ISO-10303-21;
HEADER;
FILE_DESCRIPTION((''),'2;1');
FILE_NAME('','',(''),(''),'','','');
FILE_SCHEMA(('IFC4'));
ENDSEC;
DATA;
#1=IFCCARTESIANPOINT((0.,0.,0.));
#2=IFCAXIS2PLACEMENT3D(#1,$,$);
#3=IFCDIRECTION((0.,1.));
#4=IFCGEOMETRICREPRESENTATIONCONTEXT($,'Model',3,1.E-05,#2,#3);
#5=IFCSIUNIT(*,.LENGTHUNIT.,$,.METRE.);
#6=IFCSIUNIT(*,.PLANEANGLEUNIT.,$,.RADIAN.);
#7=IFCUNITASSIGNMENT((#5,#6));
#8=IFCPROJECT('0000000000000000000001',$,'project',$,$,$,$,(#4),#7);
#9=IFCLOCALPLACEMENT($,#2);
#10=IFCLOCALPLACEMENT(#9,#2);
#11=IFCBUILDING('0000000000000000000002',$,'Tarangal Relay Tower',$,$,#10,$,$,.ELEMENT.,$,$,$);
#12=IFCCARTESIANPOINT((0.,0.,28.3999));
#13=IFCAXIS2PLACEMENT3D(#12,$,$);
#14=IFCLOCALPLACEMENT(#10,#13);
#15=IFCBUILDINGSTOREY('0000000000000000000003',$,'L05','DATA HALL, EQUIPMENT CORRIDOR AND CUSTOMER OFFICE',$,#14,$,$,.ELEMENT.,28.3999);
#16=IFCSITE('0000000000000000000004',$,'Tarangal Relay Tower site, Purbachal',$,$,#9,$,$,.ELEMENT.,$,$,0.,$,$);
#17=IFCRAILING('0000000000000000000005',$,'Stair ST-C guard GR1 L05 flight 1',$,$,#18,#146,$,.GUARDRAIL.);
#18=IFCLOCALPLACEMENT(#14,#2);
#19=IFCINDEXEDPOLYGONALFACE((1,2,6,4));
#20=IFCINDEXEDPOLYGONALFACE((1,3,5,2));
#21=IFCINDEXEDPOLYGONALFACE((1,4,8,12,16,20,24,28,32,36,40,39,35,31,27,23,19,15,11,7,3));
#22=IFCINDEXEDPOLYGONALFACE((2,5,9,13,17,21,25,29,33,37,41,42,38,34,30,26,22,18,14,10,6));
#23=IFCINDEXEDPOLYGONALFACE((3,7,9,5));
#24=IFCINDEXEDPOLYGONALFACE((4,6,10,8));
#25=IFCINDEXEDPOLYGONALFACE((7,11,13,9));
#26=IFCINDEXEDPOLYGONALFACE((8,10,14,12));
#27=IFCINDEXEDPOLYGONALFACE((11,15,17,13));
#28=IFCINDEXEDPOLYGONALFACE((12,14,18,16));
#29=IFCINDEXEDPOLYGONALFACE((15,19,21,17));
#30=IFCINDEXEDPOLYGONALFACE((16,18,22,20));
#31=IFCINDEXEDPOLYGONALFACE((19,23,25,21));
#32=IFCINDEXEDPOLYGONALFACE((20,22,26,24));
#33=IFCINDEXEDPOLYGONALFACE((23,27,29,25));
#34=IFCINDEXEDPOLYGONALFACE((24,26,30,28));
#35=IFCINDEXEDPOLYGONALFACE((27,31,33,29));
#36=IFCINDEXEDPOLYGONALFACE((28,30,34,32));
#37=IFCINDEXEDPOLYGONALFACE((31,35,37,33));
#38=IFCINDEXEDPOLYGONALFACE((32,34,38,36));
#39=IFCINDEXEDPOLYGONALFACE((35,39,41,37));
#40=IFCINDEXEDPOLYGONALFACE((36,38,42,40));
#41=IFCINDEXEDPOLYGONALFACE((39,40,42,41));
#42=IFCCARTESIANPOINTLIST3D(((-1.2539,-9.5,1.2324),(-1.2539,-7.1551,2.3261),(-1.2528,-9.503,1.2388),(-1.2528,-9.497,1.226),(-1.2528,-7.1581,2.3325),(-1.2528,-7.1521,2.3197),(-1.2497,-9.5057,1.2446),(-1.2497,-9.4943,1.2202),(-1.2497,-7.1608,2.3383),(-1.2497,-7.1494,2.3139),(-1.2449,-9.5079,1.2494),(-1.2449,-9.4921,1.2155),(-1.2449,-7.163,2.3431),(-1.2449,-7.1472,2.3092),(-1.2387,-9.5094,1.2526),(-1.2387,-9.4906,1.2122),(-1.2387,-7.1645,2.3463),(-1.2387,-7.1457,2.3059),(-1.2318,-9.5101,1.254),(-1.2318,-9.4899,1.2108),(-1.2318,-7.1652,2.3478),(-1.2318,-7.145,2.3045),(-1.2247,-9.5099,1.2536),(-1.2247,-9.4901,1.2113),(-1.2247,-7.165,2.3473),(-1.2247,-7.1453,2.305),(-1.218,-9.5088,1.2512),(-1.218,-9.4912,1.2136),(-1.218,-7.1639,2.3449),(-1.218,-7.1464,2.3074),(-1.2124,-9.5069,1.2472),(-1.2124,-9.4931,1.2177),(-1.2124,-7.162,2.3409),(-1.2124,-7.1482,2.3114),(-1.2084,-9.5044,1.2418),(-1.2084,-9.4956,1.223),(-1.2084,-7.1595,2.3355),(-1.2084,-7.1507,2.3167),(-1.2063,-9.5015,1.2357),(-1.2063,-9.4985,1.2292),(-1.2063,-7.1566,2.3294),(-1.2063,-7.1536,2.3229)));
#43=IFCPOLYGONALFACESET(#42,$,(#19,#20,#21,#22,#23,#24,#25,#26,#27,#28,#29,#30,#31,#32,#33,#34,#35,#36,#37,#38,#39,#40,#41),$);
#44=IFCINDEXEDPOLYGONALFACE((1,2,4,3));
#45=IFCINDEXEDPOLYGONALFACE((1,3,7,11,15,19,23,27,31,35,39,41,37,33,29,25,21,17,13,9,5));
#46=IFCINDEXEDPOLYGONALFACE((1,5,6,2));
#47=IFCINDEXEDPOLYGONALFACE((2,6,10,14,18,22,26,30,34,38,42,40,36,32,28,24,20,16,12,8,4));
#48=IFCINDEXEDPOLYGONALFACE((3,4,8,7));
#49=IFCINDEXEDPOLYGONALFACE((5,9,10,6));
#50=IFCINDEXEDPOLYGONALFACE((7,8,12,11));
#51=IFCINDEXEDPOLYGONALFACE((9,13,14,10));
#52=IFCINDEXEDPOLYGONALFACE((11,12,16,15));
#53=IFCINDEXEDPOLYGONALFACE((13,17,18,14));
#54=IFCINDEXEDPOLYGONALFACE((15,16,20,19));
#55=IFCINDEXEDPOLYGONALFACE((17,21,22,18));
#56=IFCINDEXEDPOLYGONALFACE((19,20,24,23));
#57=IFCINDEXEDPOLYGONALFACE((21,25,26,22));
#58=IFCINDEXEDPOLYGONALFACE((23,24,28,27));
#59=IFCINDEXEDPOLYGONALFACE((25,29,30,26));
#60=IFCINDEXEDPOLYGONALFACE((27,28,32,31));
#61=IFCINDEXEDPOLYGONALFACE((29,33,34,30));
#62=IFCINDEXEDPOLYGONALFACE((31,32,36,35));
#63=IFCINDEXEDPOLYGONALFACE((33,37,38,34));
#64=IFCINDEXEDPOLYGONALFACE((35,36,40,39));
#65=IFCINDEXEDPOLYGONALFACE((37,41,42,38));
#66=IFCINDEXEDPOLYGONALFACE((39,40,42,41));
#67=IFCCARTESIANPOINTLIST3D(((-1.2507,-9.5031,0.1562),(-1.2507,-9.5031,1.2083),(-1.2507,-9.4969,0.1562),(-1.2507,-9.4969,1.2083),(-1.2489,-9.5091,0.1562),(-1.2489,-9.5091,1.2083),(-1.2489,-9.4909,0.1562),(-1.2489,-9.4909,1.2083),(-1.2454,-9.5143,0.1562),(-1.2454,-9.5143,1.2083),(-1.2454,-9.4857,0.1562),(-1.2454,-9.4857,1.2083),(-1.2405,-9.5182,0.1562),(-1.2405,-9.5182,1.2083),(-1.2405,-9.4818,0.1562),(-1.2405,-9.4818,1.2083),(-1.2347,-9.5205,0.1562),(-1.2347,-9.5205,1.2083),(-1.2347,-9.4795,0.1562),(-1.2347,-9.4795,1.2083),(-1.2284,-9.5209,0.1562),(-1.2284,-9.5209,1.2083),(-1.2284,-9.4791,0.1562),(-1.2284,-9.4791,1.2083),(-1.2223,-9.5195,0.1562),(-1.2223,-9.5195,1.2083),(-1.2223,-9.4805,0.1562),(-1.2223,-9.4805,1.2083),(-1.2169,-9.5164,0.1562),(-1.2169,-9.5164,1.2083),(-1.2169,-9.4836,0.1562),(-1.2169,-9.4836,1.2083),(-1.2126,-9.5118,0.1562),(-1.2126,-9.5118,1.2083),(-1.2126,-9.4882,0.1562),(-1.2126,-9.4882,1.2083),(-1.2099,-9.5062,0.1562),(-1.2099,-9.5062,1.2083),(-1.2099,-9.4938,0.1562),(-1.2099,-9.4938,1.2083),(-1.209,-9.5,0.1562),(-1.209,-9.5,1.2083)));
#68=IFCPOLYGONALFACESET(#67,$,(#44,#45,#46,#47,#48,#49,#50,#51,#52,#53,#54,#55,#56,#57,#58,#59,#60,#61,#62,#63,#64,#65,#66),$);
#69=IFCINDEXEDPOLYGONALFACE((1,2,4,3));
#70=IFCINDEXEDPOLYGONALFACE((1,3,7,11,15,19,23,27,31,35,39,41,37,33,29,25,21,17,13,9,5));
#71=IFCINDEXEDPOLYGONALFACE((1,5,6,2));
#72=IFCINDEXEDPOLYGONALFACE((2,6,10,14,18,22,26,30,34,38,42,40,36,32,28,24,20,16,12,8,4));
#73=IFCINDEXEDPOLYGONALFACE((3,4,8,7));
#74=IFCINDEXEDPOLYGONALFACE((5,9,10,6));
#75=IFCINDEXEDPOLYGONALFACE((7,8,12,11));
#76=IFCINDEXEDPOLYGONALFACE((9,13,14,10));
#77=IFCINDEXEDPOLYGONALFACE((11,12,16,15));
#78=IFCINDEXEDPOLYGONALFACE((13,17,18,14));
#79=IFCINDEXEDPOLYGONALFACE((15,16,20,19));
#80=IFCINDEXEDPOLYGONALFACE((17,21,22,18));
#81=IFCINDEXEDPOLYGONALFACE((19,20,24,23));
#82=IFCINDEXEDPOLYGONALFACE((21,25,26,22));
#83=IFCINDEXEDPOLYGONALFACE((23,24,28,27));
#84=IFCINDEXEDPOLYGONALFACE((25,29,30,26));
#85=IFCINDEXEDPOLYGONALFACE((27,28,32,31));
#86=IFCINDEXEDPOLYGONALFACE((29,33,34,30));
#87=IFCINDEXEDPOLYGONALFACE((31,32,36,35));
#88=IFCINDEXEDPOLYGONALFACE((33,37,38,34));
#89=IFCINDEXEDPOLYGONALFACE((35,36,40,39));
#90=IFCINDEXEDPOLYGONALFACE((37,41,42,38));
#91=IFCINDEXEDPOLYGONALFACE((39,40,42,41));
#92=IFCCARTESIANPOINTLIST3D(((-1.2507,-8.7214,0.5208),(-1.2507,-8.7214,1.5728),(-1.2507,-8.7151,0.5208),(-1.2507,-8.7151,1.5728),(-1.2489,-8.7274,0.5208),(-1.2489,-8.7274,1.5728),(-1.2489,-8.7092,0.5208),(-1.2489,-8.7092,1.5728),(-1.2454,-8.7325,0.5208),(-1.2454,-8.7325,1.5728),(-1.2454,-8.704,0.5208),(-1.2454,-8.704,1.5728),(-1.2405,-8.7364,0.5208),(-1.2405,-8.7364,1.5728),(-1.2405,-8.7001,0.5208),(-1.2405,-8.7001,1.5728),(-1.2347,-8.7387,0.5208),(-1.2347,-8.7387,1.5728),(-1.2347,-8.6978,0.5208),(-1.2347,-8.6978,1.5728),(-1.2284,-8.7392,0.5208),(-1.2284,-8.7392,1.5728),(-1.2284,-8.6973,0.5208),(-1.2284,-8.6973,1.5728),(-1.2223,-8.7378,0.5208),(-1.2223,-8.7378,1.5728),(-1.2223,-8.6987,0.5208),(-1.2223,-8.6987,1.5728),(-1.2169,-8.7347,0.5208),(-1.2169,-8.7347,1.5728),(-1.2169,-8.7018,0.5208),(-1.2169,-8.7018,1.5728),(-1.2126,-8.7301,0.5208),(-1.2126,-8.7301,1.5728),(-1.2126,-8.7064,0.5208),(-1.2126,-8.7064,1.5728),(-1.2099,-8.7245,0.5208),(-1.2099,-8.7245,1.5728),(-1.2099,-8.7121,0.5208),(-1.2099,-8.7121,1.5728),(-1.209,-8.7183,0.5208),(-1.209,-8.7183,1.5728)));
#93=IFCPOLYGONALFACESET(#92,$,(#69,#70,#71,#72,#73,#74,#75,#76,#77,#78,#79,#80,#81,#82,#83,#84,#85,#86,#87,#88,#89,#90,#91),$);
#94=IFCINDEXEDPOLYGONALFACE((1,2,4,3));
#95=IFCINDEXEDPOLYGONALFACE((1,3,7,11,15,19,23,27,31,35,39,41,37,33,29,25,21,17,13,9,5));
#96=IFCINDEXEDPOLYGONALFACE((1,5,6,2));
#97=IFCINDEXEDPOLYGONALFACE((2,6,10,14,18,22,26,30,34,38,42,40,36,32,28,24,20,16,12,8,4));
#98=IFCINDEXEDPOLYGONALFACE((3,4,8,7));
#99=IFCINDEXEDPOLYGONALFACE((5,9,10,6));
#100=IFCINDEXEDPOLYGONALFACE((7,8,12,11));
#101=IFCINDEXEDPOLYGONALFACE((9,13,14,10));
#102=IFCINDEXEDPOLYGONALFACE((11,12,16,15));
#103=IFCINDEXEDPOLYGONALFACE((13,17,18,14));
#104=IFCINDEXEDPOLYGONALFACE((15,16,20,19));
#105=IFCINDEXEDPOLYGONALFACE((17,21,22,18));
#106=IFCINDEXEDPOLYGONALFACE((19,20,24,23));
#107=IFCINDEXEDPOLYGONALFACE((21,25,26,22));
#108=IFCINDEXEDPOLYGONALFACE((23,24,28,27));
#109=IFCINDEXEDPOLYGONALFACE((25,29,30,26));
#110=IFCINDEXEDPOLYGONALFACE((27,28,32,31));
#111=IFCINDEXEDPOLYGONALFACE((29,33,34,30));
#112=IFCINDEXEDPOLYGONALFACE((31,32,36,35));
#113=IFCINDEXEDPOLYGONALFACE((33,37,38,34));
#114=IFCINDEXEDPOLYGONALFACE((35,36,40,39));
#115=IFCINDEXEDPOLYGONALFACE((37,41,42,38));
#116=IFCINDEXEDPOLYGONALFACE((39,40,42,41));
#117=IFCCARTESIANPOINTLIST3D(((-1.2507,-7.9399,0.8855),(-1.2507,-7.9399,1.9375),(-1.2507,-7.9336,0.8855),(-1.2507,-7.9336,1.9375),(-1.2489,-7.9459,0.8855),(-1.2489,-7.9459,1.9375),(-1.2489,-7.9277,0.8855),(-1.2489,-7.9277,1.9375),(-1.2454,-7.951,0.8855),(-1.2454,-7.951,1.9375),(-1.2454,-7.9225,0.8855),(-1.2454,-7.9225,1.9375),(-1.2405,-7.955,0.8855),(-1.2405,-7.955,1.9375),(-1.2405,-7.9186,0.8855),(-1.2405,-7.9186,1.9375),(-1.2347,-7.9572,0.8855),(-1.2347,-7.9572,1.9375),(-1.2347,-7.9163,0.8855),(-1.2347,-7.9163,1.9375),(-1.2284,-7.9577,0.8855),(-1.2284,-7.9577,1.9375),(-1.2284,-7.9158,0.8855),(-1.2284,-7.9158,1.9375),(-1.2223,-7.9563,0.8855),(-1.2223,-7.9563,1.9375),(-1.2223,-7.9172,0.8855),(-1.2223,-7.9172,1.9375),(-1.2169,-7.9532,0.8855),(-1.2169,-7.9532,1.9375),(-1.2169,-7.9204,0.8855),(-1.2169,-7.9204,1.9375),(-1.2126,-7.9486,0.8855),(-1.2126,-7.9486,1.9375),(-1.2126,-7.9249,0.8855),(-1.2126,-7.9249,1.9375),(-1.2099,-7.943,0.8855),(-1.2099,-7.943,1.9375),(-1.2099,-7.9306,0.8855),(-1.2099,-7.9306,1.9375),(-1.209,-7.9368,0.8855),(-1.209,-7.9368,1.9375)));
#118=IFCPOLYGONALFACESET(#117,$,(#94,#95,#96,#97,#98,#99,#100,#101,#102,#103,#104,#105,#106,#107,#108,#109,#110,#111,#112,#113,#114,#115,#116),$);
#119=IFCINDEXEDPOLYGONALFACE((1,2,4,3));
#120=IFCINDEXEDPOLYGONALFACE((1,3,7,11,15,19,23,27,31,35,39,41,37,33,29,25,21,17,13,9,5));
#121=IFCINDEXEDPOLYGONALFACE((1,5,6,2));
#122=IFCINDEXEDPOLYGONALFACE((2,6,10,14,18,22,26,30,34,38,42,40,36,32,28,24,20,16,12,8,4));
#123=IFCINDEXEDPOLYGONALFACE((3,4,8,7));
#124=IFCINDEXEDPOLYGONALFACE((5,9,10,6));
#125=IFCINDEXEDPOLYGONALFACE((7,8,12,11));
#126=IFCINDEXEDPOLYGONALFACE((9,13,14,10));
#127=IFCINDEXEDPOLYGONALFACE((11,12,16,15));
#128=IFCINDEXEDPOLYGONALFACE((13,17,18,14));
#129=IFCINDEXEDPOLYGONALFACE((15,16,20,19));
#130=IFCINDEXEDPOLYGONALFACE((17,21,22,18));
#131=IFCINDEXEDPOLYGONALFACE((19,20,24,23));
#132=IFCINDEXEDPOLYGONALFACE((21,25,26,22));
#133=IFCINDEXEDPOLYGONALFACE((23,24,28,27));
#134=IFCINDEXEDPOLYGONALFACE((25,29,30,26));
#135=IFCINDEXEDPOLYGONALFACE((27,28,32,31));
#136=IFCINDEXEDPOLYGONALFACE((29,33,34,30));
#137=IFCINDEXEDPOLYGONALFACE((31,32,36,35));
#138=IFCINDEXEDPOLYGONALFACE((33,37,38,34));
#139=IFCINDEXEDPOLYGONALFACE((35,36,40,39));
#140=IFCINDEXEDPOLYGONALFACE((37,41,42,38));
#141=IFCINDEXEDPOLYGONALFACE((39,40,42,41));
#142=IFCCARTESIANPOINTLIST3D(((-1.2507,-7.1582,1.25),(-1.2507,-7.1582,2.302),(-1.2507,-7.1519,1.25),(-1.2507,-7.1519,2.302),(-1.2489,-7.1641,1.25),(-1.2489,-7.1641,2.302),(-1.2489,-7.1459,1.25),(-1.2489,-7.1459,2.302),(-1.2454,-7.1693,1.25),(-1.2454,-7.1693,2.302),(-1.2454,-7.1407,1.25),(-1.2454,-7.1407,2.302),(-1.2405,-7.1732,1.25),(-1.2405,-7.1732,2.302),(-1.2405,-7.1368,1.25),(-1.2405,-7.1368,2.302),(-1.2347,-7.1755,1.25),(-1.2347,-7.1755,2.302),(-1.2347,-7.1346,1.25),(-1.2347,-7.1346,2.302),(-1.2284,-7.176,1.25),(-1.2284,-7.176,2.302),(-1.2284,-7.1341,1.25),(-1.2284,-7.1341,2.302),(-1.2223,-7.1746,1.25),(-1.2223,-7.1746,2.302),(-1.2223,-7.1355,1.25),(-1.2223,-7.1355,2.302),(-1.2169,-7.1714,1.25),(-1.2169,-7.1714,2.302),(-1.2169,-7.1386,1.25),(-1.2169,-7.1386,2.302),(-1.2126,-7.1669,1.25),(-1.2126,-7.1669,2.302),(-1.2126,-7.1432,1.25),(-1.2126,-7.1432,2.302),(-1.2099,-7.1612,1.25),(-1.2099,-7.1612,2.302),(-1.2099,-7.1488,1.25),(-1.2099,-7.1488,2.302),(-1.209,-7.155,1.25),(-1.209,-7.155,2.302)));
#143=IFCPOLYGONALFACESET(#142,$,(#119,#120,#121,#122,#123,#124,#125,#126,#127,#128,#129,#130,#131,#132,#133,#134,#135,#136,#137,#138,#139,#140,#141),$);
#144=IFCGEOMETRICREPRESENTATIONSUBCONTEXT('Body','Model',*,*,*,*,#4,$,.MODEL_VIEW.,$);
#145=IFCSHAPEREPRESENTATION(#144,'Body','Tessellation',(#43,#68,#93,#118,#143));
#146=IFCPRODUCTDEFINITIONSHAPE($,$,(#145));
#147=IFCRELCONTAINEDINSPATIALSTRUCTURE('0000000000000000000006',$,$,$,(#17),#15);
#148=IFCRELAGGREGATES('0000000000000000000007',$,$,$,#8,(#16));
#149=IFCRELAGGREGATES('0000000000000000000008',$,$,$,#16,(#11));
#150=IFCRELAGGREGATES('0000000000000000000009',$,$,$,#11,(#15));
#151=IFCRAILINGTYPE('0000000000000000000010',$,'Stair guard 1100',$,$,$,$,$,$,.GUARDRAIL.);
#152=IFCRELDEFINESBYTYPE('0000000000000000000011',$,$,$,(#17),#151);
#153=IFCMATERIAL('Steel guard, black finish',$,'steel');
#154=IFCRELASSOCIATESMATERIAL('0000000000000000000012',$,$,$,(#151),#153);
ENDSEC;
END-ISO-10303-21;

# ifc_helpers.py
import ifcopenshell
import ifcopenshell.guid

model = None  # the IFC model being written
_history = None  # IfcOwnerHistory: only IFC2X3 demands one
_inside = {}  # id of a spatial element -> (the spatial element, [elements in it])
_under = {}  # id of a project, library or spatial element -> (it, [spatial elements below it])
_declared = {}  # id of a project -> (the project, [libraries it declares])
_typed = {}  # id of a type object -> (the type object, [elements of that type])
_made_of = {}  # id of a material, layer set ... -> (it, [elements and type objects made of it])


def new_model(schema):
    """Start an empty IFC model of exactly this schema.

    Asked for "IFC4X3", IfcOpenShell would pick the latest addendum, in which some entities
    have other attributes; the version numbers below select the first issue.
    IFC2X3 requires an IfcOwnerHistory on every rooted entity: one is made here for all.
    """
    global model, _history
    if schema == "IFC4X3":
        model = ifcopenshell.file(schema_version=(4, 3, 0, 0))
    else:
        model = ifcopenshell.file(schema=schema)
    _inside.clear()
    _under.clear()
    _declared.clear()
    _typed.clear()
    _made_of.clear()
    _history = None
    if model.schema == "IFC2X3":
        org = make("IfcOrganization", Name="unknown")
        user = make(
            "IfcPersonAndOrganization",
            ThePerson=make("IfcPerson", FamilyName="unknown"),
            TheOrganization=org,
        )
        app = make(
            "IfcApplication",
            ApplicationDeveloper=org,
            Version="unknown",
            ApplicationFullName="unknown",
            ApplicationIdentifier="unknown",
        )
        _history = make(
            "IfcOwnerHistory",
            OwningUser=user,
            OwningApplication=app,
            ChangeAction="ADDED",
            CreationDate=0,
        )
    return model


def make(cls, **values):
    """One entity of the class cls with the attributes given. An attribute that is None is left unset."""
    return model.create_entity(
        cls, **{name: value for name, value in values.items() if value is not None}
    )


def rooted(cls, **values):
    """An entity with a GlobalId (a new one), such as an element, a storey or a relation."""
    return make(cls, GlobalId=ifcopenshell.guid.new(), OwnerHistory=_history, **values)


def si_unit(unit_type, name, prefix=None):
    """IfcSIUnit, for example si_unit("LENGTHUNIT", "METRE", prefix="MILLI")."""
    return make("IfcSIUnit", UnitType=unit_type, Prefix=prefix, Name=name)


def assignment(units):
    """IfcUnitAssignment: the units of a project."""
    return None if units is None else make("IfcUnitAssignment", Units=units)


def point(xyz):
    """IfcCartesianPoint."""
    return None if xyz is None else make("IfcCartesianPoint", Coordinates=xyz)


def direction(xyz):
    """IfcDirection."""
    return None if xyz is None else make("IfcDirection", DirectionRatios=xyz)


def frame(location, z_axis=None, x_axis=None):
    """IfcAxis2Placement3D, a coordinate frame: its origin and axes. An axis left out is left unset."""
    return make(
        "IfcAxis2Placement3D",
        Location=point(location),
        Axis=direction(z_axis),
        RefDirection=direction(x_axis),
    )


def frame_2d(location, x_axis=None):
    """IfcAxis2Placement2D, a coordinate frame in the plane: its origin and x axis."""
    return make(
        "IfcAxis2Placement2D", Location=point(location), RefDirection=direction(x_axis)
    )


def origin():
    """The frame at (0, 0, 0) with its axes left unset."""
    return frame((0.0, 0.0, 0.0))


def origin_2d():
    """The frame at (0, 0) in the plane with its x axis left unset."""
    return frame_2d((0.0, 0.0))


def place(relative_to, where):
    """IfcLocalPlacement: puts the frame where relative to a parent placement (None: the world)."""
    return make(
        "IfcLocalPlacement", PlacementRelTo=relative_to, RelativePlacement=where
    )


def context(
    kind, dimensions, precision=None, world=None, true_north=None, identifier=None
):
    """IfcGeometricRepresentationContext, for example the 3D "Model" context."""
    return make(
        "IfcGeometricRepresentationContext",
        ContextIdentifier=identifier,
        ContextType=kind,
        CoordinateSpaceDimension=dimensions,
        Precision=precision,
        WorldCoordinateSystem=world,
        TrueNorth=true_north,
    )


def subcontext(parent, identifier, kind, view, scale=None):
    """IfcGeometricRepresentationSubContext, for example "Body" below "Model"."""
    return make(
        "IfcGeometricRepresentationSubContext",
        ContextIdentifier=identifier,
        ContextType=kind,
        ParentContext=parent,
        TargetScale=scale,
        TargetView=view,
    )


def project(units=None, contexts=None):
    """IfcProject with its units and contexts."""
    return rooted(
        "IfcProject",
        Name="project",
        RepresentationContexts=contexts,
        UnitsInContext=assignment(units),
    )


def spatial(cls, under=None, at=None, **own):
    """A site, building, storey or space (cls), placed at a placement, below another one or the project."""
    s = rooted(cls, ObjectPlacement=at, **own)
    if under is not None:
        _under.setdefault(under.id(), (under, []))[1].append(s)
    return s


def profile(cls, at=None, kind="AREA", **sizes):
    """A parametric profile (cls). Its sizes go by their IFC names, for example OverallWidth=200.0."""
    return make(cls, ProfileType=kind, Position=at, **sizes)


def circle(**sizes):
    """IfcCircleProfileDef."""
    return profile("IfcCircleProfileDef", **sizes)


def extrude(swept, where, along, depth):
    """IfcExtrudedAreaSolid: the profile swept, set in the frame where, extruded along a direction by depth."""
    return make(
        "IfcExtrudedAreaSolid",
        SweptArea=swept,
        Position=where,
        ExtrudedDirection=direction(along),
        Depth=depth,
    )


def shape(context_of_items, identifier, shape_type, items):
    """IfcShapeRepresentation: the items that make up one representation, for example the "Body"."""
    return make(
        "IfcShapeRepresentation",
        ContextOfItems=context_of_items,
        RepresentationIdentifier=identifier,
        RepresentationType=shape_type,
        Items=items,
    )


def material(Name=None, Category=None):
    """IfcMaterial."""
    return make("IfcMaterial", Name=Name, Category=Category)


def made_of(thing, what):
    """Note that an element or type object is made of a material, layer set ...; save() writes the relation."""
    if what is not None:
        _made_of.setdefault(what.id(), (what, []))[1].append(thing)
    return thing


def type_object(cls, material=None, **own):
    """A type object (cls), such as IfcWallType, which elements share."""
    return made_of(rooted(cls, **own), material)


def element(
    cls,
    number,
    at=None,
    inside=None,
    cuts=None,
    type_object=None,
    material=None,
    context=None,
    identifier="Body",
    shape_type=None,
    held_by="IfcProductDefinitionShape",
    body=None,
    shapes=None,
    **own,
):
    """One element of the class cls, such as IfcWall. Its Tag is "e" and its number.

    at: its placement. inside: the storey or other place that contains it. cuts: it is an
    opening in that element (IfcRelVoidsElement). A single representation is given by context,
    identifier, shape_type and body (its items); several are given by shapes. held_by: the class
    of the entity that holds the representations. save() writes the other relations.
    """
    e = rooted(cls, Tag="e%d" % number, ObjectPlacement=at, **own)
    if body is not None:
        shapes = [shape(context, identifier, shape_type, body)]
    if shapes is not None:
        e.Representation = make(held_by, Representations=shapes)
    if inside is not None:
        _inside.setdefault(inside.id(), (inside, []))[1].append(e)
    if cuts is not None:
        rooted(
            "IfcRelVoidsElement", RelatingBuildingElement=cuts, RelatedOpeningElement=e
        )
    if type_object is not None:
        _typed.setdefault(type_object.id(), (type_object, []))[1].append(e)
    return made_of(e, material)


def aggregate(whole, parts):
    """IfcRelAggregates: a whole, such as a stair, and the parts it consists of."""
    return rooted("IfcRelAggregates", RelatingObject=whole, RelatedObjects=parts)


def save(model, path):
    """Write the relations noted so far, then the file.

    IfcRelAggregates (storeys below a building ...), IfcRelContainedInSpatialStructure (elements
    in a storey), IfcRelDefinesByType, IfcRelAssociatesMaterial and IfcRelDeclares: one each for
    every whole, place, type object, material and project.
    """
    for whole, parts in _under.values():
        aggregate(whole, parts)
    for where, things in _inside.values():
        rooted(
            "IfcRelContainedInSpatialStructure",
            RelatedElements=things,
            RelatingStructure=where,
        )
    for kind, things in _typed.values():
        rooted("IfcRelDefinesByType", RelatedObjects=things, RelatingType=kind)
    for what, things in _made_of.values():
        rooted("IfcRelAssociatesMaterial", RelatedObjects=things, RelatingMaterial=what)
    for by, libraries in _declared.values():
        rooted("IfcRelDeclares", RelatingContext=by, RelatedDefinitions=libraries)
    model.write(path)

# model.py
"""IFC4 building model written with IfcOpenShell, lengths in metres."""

from ifc_helpers import new_model, si_unit, direction, frame, origin, origin_2d, place, context, subcontext, project, spatial, circle, extrude, material, type_object, element, save


model = new_model("IFC4")

# Units and contexts
model_context = context("Model", 3, precision=1e-05, world=origin(), true_north=direction((0.0, 1.0)))
body_context = subcontext(model_context, "Body", "Model", "MODEL_VIEW")
ifc_project = project(units=[si_unit("LENGTHUNIT", "METRE"), si_unit("PLANEANGLEUNIT", "RADIAN")], contexts=[model_context])

# Site, building, storey
site_placement = place(None, origin())
site = spatial("IfcSite", under=ifc_project, at=site_placement, Name="Tarangal Relay Tower site, Purbachal", CompositionType="ELEMENT", RefElevation=0.0)
building_placement = place(site_placement, origin())
building = spatial("IfcBuilding", under=site, at=building_placement, Name="Tarangal Relay Tower", CompositionType="ELEMENT")
storey_placement = place(building_placement, frame((0.0, 0.0, 28.3999)))
storey = spatial("IfcBuildingStorey", under=building, at=storey_placement, Name="L05", Description="DATA HALL, EQUIPMENT CORRIDOR AND CUSTOMER OFFICE", CompositionType="ELEMENT", Elevation=28.3999)

# Railing
ifc_material_1 = material(Name="Steel guard, black finish", Category="steel")
railing_type_1 = type_object("IfcRailingType", Name="Stair guard 1100", PredefinedType="GUARDRAIL", material=ifc_material_1)
for number, where, name in (
    (1, (-1.23, -9.5, 0.1562), "Stair ST-C guard GR1 L05 flight 1"),
):
    element("IfcRailing", number, at=place(storey_placement, frame(where)), inside=storey, type_object=railing_type_1, Name=name, PredefinedType="GUARDRAIL", context=body_context, shape_type="SweptSolid", body=[
        extrude(circle(Radius=0.0239, at=origin_2d()), frame((0.0, 0.0, 1.0762), z_axis=(0.0, 0.906267, 0.422705), x_axis=(-1.0, 0.0, 0.0)), (0.0, 0.0, 1.0), 2.5874),
        extrude(circle(Radius=0.021, at=origin_2d()), origin(), (0.0, 0.0, 1.0), 1.052),
        extrude(circle(Radius=0.021, at=origin_2d()), frame((0.0, 0.7817, 0.3645)), (0.0, 0.0, 1.0), 1.052),
        extrude(circle(Radius=0.021, at=origin_2d()), frame((0.0, 1.5632, 0.7292)), (0.0, 0.0, 1.0), 1.052),
        extrude(circle(Radius=0.021, at=origin_2d()), frame((0.0, 2.345, 1.0938)), (0.0, 0.0, 1.0), 1.052),
    ])

save(model, "model.ifc")
